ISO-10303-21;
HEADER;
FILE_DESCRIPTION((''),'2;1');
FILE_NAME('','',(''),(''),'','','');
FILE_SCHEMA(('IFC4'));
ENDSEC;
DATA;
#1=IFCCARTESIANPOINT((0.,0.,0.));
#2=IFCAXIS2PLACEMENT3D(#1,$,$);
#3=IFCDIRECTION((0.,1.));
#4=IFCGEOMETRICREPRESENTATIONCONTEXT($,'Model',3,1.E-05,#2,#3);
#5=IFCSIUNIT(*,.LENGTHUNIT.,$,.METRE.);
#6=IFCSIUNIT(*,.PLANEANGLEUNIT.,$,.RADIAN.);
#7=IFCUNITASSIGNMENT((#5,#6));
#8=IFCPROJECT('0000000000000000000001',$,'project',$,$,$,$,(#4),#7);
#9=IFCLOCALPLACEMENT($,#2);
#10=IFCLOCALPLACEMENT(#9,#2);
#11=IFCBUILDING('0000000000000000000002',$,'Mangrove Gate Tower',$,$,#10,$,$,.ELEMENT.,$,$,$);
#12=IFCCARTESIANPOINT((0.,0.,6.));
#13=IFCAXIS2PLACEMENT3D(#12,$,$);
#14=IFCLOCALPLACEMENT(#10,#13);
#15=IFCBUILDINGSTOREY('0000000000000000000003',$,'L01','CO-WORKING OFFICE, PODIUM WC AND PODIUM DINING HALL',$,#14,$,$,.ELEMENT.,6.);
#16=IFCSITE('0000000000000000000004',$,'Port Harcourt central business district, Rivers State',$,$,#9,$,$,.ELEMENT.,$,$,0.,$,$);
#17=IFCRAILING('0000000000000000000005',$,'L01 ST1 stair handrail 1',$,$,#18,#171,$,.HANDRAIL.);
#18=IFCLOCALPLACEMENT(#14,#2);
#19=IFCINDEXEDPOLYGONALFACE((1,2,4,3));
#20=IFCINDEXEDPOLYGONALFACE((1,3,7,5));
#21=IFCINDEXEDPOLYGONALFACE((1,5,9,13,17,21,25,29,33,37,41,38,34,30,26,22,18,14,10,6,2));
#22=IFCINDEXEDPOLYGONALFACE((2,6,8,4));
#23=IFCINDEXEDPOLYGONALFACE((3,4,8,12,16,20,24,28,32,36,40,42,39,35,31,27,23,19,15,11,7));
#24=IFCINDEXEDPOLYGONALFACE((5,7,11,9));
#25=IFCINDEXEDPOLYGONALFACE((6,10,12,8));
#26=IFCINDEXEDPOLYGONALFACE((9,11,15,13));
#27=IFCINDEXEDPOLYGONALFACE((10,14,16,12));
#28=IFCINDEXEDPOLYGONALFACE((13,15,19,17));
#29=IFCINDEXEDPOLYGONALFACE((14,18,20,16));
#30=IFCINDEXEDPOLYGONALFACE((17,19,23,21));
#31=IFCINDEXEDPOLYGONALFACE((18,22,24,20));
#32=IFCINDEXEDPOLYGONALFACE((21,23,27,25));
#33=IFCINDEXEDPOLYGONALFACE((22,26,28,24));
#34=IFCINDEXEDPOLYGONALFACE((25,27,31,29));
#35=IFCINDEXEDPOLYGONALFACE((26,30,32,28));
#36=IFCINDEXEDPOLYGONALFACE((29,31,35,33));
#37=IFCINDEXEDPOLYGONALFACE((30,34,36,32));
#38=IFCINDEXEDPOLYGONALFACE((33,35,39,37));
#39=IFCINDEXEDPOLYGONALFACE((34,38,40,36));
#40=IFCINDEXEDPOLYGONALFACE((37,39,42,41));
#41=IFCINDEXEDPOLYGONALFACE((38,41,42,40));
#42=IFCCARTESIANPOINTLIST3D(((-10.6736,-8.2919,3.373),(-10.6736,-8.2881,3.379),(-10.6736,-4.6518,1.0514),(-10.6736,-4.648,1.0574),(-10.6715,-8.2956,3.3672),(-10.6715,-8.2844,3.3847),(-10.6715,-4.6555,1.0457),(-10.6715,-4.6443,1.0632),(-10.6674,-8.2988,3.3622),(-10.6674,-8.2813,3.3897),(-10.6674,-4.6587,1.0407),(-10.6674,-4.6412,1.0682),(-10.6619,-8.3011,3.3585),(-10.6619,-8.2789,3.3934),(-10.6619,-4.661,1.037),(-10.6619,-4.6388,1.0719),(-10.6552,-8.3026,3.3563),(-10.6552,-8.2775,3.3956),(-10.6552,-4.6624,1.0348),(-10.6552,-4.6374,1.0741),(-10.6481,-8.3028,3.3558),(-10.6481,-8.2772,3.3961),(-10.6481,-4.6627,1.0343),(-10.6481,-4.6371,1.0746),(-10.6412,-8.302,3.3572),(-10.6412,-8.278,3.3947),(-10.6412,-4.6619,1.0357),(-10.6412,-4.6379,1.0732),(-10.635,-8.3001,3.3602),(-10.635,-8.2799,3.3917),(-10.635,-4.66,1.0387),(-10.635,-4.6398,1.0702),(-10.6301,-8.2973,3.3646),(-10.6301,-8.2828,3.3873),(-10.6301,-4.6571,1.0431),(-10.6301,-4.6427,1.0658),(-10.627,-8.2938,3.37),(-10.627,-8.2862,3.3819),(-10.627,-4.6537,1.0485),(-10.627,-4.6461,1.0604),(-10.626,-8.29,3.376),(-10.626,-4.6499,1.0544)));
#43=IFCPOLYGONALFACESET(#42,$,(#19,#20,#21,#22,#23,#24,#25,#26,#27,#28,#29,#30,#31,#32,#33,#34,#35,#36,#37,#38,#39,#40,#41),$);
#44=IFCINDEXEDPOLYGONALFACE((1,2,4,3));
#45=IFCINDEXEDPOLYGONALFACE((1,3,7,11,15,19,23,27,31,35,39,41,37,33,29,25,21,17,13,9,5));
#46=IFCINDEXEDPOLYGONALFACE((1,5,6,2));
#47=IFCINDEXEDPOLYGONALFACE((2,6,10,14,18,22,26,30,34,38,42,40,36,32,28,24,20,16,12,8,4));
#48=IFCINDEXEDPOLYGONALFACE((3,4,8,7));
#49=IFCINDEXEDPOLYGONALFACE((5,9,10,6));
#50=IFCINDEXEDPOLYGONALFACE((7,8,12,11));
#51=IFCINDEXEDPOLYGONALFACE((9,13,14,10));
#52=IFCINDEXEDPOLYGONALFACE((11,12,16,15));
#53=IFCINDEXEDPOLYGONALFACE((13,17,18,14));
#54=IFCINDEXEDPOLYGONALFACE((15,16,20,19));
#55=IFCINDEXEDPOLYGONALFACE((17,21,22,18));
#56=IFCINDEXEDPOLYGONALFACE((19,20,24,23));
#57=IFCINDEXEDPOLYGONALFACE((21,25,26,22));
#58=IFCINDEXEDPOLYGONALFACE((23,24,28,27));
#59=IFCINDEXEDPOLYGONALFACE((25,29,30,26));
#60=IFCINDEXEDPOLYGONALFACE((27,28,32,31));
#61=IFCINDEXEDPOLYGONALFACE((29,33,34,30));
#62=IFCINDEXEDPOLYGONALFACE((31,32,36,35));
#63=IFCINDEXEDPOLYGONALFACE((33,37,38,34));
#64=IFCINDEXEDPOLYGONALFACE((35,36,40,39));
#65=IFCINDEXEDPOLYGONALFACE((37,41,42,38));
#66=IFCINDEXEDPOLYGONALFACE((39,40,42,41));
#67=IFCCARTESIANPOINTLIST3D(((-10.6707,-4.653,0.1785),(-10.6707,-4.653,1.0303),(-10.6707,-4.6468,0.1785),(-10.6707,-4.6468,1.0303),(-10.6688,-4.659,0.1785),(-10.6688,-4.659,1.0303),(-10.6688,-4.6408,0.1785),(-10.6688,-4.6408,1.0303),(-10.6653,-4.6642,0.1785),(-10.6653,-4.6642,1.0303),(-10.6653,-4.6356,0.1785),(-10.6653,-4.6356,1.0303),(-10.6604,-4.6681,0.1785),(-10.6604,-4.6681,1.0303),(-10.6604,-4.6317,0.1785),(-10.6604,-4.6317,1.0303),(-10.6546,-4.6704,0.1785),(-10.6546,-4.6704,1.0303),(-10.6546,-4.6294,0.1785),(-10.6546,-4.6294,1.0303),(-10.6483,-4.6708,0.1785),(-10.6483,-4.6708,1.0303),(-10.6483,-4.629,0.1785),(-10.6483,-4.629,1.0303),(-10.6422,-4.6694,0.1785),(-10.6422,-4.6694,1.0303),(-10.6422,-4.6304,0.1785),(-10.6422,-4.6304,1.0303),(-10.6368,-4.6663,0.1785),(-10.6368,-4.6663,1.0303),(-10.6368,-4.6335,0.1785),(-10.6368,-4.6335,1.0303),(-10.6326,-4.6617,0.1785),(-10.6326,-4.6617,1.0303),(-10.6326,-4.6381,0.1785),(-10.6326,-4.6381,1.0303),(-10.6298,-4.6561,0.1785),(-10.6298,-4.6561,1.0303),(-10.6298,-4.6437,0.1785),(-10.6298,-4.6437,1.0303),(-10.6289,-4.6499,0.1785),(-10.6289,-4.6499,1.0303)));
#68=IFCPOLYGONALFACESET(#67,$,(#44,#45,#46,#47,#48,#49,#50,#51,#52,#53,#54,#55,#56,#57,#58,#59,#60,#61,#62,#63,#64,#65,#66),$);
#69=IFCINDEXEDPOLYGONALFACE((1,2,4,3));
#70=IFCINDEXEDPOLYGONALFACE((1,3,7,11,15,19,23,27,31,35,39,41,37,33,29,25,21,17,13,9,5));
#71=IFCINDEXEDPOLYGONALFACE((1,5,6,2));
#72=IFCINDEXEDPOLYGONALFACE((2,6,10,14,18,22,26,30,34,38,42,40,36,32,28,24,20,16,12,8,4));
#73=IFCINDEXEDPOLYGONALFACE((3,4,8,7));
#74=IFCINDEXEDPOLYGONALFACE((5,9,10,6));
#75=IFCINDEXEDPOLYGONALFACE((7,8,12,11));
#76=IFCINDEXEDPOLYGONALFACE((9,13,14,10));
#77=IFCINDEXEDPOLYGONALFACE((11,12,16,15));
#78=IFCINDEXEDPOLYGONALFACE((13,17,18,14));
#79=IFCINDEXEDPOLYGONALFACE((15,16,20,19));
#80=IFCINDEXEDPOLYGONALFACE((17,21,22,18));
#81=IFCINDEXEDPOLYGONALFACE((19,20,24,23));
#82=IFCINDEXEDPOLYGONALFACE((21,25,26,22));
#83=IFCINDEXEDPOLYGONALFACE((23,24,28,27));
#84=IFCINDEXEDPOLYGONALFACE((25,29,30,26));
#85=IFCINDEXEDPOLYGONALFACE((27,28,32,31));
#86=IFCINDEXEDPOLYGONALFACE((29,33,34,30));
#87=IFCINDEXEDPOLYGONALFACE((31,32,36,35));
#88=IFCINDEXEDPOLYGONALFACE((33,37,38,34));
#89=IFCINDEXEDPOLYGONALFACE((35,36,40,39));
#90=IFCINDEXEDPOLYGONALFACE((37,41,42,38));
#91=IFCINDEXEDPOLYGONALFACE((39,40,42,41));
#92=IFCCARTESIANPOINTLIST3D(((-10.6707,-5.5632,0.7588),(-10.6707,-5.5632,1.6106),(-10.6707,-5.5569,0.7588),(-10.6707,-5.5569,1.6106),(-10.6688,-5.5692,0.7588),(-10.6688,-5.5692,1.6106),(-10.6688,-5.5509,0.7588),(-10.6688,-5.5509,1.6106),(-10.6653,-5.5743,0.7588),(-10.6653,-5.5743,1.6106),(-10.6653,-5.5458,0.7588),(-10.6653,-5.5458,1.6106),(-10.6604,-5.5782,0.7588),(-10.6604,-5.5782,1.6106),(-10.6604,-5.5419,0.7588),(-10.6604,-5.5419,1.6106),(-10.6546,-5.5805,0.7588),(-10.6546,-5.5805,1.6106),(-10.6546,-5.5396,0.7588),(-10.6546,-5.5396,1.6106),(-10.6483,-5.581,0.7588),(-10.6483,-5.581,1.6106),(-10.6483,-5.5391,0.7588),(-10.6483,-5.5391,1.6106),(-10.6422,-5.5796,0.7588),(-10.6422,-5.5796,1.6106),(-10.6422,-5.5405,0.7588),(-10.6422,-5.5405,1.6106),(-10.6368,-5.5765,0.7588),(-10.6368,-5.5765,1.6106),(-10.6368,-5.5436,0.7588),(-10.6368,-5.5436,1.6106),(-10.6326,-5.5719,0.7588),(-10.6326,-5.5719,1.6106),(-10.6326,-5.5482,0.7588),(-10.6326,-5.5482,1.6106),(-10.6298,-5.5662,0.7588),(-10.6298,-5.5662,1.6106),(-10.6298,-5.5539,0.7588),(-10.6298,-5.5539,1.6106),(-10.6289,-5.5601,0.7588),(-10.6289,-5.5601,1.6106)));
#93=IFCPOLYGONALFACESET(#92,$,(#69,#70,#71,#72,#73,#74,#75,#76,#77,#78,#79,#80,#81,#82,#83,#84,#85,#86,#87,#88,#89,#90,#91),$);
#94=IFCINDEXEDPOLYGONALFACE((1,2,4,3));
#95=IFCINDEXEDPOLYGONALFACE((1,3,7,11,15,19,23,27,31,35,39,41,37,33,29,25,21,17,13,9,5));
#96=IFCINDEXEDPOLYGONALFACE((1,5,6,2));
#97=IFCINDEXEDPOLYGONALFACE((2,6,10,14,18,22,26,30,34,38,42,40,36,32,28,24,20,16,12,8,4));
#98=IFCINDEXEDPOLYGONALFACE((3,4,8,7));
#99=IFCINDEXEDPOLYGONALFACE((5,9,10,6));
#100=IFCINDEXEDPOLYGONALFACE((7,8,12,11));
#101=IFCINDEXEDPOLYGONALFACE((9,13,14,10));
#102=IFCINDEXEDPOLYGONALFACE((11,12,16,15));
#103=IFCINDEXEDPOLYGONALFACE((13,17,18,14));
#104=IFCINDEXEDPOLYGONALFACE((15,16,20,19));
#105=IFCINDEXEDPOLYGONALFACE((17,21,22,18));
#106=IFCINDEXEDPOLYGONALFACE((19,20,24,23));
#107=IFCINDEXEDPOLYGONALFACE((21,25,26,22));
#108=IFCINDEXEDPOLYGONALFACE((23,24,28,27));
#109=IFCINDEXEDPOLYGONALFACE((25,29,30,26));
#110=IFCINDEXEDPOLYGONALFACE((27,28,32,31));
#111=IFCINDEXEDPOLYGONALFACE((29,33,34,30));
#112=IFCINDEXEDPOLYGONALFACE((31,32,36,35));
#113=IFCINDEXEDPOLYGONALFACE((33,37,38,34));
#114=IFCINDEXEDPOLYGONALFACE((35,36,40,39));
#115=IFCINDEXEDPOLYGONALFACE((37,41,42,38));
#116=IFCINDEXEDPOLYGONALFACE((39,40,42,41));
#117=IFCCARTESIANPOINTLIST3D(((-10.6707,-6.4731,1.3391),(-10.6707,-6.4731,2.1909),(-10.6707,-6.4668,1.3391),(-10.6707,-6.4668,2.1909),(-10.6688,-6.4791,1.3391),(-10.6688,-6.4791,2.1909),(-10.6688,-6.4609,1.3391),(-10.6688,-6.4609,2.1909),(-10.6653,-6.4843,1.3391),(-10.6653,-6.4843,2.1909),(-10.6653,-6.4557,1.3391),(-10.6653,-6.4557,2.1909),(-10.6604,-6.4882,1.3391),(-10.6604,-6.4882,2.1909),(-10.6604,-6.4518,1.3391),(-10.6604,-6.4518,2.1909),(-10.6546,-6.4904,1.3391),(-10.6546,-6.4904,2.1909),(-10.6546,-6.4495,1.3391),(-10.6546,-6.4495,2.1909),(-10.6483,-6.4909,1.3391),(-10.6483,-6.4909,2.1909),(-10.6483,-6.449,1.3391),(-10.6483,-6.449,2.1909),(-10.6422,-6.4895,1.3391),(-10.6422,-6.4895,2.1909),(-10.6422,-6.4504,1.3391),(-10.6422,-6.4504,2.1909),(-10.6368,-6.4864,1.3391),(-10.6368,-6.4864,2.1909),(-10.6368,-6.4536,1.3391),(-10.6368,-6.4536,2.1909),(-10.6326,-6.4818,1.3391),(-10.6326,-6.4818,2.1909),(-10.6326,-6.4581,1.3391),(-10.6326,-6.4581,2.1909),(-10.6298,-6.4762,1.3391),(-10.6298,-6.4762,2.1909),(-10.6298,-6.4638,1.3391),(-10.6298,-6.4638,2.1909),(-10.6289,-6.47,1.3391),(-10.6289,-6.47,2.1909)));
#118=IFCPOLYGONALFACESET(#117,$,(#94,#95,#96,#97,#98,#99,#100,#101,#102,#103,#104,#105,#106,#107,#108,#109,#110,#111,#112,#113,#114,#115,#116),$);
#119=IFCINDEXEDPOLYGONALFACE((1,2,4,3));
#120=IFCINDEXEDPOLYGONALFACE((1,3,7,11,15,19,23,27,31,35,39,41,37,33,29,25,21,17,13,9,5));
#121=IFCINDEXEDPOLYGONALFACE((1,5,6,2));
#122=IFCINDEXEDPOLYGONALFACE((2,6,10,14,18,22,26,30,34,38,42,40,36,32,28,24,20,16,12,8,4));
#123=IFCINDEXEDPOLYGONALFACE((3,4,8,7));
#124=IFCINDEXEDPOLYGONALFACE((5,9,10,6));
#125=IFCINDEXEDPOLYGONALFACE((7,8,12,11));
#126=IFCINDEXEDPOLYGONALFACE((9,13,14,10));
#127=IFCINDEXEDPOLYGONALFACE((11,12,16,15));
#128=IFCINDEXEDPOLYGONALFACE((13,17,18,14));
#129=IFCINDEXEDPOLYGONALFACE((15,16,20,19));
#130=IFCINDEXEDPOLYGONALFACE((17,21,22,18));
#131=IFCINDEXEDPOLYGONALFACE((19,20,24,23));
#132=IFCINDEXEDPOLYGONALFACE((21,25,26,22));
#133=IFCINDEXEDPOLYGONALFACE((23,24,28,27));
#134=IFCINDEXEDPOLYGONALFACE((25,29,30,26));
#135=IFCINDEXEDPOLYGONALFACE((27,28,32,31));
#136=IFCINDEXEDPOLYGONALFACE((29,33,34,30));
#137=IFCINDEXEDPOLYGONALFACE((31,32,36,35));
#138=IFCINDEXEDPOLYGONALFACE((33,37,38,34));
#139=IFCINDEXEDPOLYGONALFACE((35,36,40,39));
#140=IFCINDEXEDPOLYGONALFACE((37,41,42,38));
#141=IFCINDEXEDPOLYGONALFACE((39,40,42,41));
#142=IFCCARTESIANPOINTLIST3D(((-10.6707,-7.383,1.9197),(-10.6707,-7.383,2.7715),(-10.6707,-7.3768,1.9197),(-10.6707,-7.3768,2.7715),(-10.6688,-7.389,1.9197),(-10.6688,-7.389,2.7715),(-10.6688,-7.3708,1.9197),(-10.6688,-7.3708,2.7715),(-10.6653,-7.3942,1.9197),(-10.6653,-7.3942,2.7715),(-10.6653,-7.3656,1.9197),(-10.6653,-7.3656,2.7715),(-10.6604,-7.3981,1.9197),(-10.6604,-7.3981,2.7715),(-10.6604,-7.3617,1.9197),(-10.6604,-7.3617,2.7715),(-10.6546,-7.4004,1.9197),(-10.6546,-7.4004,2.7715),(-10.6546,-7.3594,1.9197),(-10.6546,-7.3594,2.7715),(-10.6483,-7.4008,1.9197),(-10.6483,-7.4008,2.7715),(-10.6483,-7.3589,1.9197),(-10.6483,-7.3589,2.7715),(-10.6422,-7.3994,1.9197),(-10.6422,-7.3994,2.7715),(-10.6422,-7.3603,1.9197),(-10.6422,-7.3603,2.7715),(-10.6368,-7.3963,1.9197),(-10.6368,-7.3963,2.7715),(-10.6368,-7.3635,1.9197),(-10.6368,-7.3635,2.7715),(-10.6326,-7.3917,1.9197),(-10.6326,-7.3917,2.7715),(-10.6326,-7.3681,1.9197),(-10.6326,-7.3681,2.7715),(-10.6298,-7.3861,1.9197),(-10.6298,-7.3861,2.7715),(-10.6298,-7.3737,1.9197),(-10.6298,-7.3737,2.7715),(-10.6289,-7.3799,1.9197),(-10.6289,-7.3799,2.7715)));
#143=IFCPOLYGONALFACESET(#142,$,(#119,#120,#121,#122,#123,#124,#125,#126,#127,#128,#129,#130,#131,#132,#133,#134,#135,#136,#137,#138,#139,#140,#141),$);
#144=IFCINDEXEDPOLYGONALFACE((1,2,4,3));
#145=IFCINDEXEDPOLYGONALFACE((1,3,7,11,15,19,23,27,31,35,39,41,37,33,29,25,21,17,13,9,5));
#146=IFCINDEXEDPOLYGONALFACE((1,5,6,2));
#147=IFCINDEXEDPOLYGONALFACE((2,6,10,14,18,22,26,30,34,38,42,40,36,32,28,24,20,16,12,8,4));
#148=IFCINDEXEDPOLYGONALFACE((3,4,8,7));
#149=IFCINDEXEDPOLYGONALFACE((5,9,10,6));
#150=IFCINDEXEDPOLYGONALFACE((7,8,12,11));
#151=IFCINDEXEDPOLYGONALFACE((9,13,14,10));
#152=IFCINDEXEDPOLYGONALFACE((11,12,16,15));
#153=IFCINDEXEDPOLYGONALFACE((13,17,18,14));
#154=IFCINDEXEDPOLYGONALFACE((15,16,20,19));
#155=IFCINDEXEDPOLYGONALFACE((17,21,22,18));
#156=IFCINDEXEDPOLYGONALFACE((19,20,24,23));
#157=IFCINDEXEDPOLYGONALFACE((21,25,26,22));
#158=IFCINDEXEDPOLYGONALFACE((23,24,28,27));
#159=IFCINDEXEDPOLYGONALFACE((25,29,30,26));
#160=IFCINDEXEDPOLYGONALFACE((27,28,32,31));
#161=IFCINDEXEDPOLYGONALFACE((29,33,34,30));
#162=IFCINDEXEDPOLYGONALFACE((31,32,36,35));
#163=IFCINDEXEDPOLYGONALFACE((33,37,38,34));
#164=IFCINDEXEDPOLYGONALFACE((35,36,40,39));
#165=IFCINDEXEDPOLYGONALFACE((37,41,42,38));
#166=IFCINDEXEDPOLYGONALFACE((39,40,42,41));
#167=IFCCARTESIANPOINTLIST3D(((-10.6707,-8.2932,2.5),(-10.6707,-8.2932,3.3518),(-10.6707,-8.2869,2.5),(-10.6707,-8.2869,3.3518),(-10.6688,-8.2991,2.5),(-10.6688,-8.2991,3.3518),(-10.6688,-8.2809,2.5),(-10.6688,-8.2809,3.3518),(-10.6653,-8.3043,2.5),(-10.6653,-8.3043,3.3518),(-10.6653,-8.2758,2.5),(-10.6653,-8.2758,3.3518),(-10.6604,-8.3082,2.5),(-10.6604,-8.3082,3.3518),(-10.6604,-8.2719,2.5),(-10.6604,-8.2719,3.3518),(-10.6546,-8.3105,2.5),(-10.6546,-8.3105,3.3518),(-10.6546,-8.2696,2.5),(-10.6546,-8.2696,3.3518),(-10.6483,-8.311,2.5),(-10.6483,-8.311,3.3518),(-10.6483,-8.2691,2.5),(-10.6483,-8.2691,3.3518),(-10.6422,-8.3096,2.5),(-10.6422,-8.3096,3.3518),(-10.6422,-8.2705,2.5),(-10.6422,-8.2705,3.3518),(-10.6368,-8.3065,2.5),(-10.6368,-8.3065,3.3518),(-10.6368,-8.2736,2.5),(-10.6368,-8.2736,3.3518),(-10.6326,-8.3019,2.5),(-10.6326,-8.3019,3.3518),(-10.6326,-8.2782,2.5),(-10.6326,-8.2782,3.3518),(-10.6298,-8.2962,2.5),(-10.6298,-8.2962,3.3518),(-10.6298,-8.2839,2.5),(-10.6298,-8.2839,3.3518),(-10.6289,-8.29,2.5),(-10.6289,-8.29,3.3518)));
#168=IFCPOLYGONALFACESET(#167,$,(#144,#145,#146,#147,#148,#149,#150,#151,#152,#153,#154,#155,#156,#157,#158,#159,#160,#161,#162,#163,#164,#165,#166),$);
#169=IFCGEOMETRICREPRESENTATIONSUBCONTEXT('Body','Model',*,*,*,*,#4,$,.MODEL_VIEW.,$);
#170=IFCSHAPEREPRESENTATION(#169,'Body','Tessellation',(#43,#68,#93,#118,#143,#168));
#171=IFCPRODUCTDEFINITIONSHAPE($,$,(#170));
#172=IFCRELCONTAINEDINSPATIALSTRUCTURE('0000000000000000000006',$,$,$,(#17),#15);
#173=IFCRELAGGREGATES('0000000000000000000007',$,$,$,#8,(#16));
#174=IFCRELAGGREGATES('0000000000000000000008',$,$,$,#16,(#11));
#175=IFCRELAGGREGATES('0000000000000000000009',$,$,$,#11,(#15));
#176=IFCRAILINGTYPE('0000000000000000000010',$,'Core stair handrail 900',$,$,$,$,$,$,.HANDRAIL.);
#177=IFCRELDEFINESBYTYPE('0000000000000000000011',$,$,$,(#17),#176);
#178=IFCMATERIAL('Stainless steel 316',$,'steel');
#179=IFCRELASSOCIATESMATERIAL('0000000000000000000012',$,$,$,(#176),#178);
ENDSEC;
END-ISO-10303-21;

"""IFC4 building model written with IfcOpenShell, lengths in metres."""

from ifc_helpers import new_model, si_unit, direction, frame, origin, origin_2d, place, context, subcontext, project, spatial, circle, extrude, material, type_object, element, save


model = new_model("IFC4")

# Units and contexts
model_context = context("Model", 3, precision=1e-05, world=origin(), true_north=direction((0.0, 1.0)))
body_context = subcontext(model_context, "Body", "Model", "MODEL_VIEW")
ifc_project = project(units=[si_unit("LENGTHUNIT", "METRE"), si_unit("PLANEANGLEUNIT", "RADIAN")], contexts=[model_context])

# Site, building, storey
site_placement = place(None, origin())
site = spatial("IfcSite", under=ifc_project, at=site_placement, Name="Port Harcourt central business district, Rivers State", CompositionType="ELEMENT", RefElevation=0.0)
building_placement = place(site_placement, origin())
building = spatial("IfcBuilding", under=site, at=building_placement, Name="Mangrove Gate Tower", CompositionType="ELEMENT")
storey_placement = place(building_placement, frame((0.0, 0.0, 6.0)))
storey = spatial("IfcBuildingStorey", under=building, at=storey_placement, Name="L01", Description="CO-WORKING OFFICE, PODIUM WC AND PODIUM DINING HALL", CompositionType="ELEMENT", Elevation=6.0)

# Railing
ifc_material_1 = material(Name="Stainless steel 316", Category="steel")
railing_type_1 = type_object("IfcRailingType", Name="Core stair handrail 900", PredefinedType="HANDRAIL", material=ifc_material_1)
for number, where, name in (
    (1, (-10.6499, -4.6499, 0.1785), "L01 ST1 stair handrail 1"),
):
    element("IfcRailing", number, at=place(storey_placement, frame(where)), inside=storey, type_object=railing_type_1, Name=name, PredefinedType="HANDRAIL", context=body_context, shape_type="SweptSolid", body=[
        extrude(circle(Radius=0.0239, at=origin_2d()), frame((0.0, 0.0, 0.876), z_axis=(0.0, -0.843128, 0.537713), x_axis=(1.0, 0.0, 0.0)), (0.0, 0.0, 1.0), 4.3174),
        extrude(circle(Radius=0.021, at=origin_2d()), origin(), (0.0, 0.0, 1.0), 0.8518),
        extrude(circle(Radius=0.021, at=origin_2d()), frame((0.0, -0.9102, 0.5803)), (0.0, 0.0, 1.0), 0.8518),
        extrude(circle(Radius=0.021, at=origin_2d()), frame((0.0, -1.8201, 1.1606)), (0.0, 0.0, 1.0), 0.8518),
        extrude(circle(Radius=0.021, at=origin_2d()), frame((0.0, -2.73, 1.7412)), (0.0, 0.0, 1.0), 0.8518),
        extrude(circle(Radius=0.021, at=origin_2d()), frame((0.0, -3.6401, 2.3215)), (0.0, 0.0, 1.0), 0.8518),
    ])

save(model, "model.ifc")
